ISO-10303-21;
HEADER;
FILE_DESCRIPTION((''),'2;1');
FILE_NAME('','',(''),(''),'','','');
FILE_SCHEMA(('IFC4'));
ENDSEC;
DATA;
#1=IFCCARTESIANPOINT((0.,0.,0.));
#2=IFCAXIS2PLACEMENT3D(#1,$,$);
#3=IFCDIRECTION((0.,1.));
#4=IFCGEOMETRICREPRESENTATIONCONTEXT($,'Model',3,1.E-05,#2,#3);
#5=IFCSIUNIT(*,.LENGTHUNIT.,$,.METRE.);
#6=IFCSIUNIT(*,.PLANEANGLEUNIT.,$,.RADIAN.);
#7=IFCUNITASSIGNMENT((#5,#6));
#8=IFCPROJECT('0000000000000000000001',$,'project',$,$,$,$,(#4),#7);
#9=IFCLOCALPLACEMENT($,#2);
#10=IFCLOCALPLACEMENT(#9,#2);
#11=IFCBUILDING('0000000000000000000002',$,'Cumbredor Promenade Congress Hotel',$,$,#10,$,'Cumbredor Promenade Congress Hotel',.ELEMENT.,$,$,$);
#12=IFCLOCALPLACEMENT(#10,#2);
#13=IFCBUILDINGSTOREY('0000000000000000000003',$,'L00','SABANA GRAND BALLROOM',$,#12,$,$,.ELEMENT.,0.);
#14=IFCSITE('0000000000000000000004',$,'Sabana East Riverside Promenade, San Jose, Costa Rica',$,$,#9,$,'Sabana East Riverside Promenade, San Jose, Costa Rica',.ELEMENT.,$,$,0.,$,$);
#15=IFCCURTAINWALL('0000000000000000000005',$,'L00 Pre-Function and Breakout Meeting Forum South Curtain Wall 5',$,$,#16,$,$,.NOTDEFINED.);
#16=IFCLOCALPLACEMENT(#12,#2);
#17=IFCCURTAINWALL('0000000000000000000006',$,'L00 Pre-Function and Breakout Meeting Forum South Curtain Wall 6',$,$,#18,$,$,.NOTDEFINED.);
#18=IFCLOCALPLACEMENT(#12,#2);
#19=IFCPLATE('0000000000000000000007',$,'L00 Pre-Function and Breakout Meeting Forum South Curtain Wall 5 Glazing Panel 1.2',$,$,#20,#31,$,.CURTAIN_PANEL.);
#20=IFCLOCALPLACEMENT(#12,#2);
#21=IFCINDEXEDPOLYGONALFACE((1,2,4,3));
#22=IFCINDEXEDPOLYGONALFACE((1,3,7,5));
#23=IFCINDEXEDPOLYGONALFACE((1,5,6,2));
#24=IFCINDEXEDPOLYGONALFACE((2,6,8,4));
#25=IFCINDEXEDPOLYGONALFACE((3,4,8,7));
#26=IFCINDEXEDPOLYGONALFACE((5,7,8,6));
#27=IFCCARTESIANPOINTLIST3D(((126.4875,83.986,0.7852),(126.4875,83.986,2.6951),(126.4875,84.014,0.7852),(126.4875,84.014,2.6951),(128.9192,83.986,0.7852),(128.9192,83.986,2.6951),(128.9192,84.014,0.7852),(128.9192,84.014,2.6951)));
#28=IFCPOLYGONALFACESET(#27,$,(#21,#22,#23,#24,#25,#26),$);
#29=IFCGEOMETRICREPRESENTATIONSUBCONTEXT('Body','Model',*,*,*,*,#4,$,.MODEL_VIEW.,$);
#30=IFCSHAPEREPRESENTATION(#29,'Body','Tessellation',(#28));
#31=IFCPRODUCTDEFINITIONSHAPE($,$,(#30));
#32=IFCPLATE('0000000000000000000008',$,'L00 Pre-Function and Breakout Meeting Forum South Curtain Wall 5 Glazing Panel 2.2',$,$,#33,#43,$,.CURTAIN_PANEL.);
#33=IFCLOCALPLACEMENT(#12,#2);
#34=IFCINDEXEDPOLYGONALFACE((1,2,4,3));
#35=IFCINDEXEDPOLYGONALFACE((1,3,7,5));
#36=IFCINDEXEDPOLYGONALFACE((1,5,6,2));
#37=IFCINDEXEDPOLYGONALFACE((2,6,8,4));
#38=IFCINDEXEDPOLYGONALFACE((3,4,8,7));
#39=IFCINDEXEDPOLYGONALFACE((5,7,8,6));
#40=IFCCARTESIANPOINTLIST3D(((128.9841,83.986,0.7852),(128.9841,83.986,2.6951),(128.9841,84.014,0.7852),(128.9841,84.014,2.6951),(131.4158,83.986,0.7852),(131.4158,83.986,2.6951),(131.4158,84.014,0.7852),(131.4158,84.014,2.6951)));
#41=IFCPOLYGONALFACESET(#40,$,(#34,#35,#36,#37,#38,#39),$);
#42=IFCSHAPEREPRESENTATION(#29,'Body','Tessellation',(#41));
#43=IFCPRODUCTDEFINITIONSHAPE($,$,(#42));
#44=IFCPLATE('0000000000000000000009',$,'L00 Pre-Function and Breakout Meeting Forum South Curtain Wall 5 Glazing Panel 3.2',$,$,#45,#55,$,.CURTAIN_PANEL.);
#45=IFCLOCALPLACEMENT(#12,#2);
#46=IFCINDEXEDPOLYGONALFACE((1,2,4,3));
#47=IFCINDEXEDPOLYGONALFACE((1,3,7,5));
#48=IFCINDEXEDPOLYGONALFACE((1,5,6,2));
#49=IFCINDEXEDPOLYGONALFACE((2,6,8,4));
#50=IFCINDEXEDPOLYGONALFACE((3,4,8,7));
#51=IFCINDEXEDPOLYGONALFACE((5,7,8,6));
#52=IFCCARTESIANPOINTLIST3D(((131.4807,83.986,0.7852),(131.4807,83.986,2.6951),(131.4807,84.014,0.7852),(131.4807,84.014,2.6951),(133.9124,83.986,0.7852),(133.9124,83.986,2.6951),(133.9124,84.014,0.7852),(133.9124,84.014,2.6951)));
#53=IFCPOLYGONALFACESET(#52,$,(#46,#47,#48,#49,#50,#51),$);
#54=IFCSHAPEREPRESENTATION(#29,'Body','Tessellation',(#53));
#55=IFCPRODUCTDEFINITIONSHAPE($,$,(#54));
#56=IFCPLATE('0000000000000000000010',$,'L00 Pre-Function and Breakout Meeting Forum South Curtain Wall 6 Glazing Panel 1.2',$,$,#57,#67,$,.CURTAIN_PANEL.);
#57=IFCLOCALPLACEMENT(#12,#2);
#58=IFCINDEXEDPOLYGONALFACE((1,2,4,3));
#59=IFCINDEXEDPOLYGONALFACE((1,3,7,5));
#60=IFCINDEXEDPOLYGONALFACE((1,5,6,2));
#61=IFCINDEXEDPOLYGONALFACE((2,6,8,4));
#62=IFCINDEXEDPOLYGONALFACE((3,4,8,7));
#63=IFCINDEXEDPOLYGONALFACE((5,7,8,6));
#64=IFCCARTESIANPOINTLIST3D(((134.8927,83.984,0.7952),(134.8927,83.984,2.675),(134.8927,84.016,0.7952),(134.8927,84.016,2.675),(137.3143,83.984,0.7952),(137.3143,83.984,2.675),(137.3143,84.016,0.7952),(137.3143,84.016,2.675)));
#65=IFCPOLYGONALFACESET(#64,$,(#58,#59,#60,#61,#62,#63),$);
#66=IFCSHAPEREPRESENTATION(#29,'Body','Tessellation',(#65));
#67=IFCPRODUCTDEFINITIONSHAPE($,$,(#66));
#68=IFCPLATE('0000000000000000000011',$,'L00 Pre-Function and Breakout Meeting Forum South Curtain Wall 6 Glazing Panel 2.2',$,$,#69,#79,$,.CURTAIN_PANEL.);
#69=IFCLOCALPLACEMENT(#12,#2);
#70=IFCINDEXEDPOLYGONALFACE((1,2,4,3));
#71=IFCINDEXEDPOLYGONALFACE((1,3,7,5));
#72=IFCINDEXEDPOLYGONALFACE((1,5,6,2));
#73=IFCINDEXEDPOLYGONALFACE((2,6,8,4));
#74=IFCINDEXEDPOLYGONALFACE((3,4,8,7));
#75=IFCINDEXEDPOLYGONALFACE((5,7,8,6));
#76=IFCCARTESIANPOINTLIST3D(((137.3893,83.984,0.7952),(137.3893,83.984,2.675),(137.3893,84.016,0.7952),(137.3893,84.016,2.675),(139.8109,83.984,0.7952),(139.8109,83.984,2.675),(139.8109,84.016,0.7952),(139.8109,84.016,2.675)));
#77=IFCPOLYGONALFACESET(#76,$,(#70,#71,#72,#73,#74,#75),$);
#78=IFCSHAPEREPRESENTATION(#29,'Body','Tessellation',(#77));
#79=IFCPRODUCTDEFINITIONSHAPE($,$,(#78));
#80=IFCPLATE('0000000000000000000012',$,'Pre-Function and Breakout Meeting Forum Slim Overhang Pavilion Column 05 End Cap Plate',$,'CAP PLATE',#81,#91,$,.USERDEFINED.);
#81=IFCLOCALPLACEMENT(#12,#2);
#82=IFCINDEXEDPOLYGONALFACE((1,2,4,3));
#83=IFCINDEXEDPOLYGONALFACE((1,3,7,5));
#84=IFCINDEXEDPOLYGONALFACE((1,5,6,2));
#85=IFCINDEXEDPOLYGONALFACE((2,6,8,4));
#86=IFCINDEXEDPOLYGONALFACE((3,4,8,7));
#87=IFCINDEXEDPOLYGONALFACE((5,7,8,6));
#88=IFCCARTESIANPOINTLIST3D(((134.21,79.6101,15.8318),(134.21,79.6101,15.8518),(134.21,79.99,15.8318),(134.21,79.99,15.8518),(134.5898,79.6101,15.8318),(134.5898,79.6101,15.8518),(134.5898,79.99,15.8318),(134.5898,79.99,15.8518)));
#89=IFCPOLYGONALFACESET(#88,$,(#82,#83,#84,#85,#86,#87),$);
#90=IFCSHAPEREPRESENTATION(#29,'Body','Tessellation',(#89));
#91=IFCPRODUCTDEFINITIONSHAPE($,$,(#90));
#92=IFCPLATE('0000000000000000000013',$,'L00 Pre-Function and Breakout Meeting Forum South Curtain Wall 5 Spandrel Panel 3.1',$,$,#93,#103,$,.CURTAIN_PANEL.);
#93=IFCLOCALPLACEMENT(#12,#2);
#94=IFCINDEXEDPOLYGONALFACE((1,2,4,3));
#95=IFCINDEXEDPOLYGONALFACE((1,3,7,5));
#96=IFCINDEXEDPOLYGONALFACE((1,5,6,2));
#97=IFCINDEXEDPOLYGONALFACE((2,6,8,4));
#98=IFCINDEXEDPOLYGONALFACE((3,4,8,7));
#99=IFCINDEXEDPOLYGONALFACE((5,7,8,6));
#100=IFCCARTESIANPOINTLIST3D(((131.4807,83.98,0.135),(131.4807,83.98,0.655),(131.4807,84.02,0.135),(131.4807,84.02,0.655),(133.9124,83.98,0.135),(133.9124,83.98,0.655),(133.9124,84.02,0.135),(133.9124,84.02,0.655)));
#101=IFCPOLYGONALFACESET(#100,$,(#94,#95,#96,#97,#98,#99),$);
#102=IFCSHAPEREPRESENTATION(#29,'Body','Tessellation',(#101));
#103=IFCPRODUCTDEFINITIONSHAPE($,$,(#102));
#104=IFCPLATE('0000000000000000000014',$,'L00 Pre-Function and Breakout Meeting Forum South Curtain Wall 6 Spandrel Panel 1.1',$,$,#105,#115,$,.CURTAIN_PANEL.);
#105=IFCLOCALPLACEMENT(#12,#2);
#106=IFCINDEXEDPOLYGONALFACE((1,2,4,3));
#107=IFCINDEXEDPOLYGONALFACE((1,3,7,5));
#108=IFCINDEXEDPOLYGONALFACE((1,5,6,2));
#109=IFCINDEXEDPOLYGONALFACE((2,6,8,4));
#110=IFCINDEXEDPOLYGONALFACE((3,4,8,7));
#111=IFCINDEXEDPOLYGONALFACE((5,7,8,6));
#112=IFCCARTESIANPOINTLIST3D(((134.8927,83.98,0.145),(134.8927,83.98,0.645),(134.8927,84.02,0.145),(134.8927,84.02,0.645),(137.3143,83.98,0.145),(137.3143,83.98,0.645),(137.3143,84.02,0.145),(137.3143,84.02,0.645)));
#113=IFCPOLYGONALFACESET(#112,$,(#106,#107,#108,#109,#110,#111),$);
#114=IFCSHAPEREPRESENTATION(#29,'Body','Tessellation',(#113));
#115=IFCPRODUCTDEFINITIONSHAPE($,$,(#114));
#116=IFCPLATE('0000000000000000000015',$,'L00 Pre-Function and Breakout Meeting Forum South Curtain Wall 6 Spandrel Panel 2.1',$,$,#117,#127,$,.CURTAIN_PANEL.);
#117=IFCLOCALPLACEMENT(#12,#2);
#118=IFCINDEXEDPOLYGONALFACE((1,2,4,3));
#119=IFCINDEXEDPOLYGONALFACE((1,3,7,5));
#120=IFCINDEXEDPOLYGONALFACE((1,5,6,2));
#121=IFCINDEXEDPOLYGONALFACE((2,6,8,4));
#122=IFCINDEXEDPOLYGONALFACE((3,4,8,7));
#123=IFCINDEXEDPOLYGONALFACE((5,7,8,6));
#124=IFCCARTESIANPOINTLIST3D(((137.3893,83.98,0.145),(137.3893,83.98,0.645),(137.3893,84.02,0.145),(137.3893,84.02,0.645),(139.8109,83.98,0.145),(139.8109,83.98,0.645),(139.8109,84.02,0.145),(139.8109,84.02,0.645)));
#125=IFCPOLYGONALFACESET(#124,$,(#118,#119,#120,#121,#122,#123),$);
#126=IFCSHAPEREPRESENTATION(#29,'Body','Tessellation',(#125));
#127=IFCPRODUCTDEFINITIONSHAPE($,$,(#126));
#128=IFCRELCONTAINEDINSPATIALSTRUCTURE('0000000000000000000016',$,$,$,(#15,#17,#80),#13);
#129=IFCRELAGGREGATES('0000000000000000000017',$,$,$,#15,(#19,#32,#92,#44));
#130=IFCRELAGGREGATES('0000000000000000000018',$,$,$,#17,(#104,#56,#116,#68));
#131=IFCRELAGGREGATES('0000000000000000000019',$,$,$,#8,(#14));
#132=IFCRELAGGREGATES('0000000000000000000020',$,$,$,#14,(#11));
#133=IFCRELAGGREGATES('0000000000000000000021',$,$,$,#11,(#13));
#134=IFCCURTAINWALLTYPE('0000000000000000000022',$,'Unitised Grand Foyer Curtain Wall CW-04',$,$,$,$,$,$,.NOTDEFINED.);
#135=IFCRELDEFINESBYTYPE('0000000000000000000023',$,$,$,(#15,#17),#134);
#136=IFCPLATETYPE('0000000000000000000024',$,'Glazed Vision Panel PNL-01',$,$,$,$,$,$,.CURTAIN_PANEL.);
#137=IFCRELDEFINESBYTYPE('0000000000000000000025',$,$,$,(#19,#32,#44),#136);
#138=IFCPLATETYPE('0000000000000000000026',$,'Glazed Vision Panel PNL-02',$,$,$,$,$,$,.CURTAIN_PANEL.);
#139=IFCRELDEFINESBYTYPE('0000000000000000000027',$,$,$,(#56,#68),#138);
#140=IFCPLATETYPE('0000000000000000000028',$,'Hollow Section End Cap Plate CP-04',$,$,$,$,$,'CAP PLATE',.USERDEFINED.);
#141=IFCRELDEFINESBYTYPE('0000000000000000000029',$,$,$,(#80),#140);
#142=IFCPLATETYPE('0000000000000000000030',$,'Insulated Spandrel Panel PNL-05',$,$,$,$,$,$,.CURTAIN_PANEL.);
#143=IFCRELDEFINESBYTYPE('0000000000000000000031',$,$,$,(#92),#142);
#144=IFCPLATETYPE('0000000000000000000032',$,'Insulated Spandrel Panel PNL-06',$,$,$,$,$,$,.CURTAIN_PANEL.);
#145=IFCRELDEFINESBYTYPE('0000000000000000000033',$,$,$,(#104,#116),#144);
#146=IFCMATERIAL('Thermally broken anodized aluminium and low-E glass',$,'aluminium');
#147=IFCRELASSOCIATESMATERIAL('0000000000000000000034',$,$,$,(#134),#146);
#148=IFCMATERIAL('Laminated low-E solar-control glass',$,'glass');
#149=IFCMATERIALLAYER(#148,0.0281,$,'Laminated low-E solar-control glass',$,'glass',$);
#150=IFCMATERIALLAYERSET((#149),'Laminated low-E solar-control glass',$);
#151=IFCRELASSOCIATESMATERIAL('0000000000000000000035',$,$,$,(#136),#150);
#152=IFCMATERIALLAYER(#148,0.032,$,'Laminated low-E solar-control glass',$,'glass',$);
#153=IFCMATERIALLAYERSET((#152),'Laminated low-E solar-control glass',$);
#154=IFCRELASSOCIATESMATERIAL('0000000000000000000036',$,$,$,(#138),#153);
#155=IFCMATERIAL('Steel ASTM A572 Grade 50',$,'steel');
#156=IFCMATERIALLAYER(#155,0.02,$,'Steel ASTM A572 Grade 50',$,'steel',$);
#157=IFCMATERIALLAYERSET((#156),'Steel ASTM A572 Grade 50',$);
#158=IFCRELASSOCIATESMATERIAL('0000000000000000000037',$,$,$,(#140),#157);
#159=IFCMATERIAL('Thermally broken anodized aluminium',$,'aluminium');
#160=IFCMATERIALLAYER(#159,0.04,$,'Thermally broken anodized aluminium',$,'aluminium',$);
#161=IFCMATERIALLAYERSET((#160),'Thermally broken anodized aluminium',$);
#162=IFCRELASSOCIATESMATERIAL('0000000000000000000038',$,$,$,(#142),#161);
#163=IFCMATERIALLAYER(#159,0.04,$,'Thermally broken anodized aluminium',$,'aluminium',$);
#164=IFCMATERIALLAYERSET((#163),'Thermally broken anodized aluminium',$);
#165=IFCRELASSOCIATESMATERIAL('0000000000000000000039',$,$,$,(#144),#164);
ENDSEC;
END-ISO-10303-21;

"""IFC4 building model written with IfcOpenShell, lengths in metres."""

from ifc_helpers import new_model, si_unit, direction, frame, origin, origin_2d, place, context, subcontext, project, spatial, rectangle, extrude, material, layer, layer_set, type_object, element, aggregate, save


model = new_model("IFC4")

# Units and contexts
model_context = context("Model", 3, precision=1e-05, world=origin(), true_north=direction((0.0, 1.0)))
body_context = subcontext(model_context, "Body", "Model", "MODEL_VIEW")
ifc_project = project(units=[si_unit("LENGTHUNIT", "METRE"), si_unit("PLANEANGLEUNIT", "RADIAN")], contexts=[model_context])

# Site, building, storey
site_placement = place(None, origin())
site = spatial("IfcSite", under=ifc_project, at=site_placement, Name="Sabana East Riverside Promenade, San Jose, Costa Rica", LongName="Sabana East Riverside Promenade, San Jose, Costa Rica", CompositionType="ELEMENT", RefElevation=0.0)
building_placement = place(site_placement, origin())
building = spatial("IfcBuilding", under=site, at=building_placement, Name="Cumbredor Promenade Congress Hotel", LongName="Cumbredor Promenade Congress Hotel", CompositionType="ELEMENT")
storey_placement = place(building_placement, origin())
storey = spatial("IfcBuildingStorey", under=building, at=storey_placement, Name="L00", Description="SABANA GRAND BALLROOM", CompositionType="ELEMENT", Elevation=0.0)

# Curtain walls
ifc_material_1 = material(Name="Thermally broken anodized aluminium and low-E glass", Category="aluminium")
curtain_wall_type = type_object("IfcCurtainWallType", Name="Unitised Grand Foyer Curtain Wall CW-04", PredefinedType="NOTDEFINED", material=ifc_material_1)
curtain_wall_1_placement = place(storey_placement, origin())
curtain_wall_1 = element("IfcCurtainWall", 1, at=curtain_wall_1_placement, inside=storey, type_object=curtain_wall_type, Name="L00 Pre-Function and Breakout Meeting Forum South Curtain Wall 5", PredefinedType="NOTDEFINED")
ifc_material_2 = material(Name="Thermally broken anodized aluminium", Category="aluminium")
curtain_wall_2_placement = place(storey_placement, origin())
curtain_wall_2 = element("IfcCurtainWall", 2, at=curtain_wall_2_placement, inside=storey, type_object=curtain_wall_type, Name="L00 Pre-Function and Breakout Meeting Forum South Curtain Wall 6", PredefinedType="NOTDEFINED")

# Plates
ifc_material_3 = material(Name="Laminated low-E solar-control glass", Category="glass")
ifc_layer_1 = layer(ifc_material_3, 0.0281, Name="Laminated low-E solar-control glass", Category="glass")
ifc_layer_set_1 = layer_set([ifc_layer_1], Name="Laminated low-E solar-control glass")
plate_type_1 = type_object("IfcPlateType", Name="Glazed Vision Panel PNL-01", PredefinedType="CURTAIN_PANEL", material=ifc_layer_set_1)
plate_1_placement = place(storey_placement, frame((127.7034, 84.0, 0.7852), z_axis=(0.0, 0.0, 1.0), x_axis=(1.0, 0.0, 0.0)))
plate_1 = element("IfcPlate", 3, at=plate_1_placement, type_object=plate_type_1, Name="L00 Pre-Function and Breakout Meeting Forum South Curtain Wall 5 Glazing Panel 1.2", PredefinedType="CURTAIN_PANEL", context=body_context, shape_type="SweptSolid", body=[
    extrude(rectangle(XDim=2.4316, YDim=0.0281, at=origin_2d()), origin(), (0.0, 0.0, 1.0), 1.9099),
])
plate_2_placement = place(storey_placement, frame((130.2, 84.0, 0.7852), z_axis=(0.0, 0.0, 1.0), x_axis=(1.0, 0.0, 0.0)))
plate_2 = element("IfcPlate", 4, at=plate_2_placement, type_object=plate_type_1, Name="L00 Pre-Function and Breakout Meeting Forum South Curtain Wall 5 Glazing Panel 2.2", PredefinedType="CURTAIN_PANEL", context=body_context, shape_type="SweptSolid", body=[
    extrude(rectangle(XDim=2.4316, YDim=0.0281, at=origin_2d()), origin(), (0.0, 0.0, 1.0), 1.9099),
])
plate_3_placement = place(storey_placement, frame((132.6965, 84.0, 0.7852), z_axis=(0.0, 0.0, 1.0), x_axis=(1.0, 0.0, 0.0)))
plate_3 = element("IfcPlate", 5, at=plate_3_placement, type_object=plate_type_1, Name="L00 Pre-Function and Breakout Meeting Forum South Curtain Wall 5 Glazing Panel 3.2", PredefinedType="CURTAIN_PANEL", context=body_context, shape_type="SweptSolid", body=[
    extrude(rectangle(XDim=2.4316, YDim=0.0281, at=origin_2d()), origin(), (0.0, 0.0, 1.0), 1.9099),
])
ifc_layer_2 = layer(ifc_material_3, 0.032, Name="Laminated low-E solar-control glass", Category="glass")
ifc_layer_set_2 = layer_set([ifc_layer_2], Name="Laminated low-E solar-control glass")
plate_type_2 = type_object("IfcPlateType", Name="Glazed Vision Panel PNL-02", PredefinedType="CURTAIN_PANEL", material=ifc_layer_set_2)
plate_4_placement = place(storey_placement, frame((136.1035, 84.0, 0.7952), z_axis=(0.0, 0.0, 1.0), x_axis=(1.0, 0.0, 0.0)))
plate_4 = element("IfcPlate", 6, at=plate_4_placement, type_object=plate_type_2, Name="L00 Pre-Function and Breakout Meeting Forum South Curtain Wall 6 Glazing Panel 1.2", PredefinedType="CURTAIN_PANEL", context=body_context, shape_type="SweptSolid", body=[
    extrude(rectangle(XDim=2.4216, YDim=0.032, at=origin_2d()), origin(), (0.0, 0.0, 1.0), 1.8799),
])
plate_5_placement = place(storey_placement, frame((138.6001, 84.0, 0.7952), z_axis=(0.0, 0.0, 1.0), x_axis=(1.0, 0.0, 0.0)))
plate_5 = element("IfcPlate", 7, at=plate_5_placement, type_object=plate_type_2, Name="L00 Pre-Function and Breakout Meeting Forum South Curtain Wall 6 Glazing Panel 2.2", PredefinedType="CURTAIN_PANEL", context=body_context, shape_type="SweptSolid", body=[
    extrude(rectangle(XDim=2.4216, YDim=0.032, at=origin_2d()), origin(), (0.0, 0.0, 1.0), 1.8799),
])
ifc_material_4 = material(Name="Steel ASTM A572 Grade 50", Category="steel")
ifc_layer_3 = layer(ifc_material_4, 0.02, Name="Steel ASTM A572 Grade 50", Category="steel")
ifc_layer_set_3 = layer_set([ifc_layer_3], Name="Steel ASTM A572 Grade 50")
plate_type_3 = type_object("IfcPlateType", Name="Hollow Section End Cap Plate CP-04", ElementType="CAP PLATE", PredefinedType="USERDEFINED", material=ifc_layer_set_3)
plate_6_placement = place(storey_placement, frame((134.3999, 79.8, 15.8318), z_axis=(0.0, 0.0, 1.0), x_axis=(1.0, 0.0, 0.0)))
element("IfcPlate", 8, at=plate_6_placement, inside=storey, type_object=plate_type_3, Name="Pre-Function and Breakout Meeting Forum Slim Overhang Pavilion Column 05 End Cap Plate", ObjectType="CAP PLATE", PredefinedType="USERDEFINED", context=body_context, shape_type="SweptSolid", body=[
    extrude(rectangle(XDim=0.3799, YDim=0.3799, at=origin_2d()), origin(), (0.0, 0.0, 1.0), 0.02),
])
ifc_layer_4 = layer(ifc_material_2, 0.04, Name="Thermally broken anodized aluminium", Category="aluminium")
ifc_layer_set_4 = layer_set([ifc_layer_4], Name="Thermally broken anodized aluminium")
plate_type_4 = type_object("IfcPlateType", Name="Insulated Spandrel Panel PNL-05", PredefinedType="CURTAIN_PANEL", material=ifc_layer_set_4)
plate_7_placement = place(storey_placement, frame((132.6965, 84.0, 0.135), z_axis=(0.0, 0.0, 1.0), x_axis=(1.0, 0.0, 0.0)))
plate_7 = element("IfcPlate", 9, at=plate_7_placement, type_object=plate_type_4, Name="L00 Pre-Function and Breakout Meeting Forum South Curtain Wall 5 Spandrel Panel 3.1", PredefinedType="CURTAIN_PANEL", context=body_context, shape_type="SweptSolid", body=[
    extrude(rectangle(XDim=2.4316, YDim=0.04, at=origin_2d()), origin(), (0.0, 0.0, 1.0), 0.52),
])
aggregate(curtain_wall_1, [plate_1, plate_2, plate_7, plate_3])
ifc_layer_5 = layer(ifc_material_2, 0.04, Name="Thermally broken anodized aluminium", Category="aluminium")
ifc_layer_set_5 = layer_set([ifc_layer_5], Name="Thermally broken anodized aluminium")
plate_type_5 = type_object("IfcPlateType", Name="Insulated Spandrel Panel PNL-06", PredefinedType="CURTAIN_PANEL", material=ifc_layer_set_5)
plate_8_placement = place(storey_placement, frame((136.1035, 84.0, 0.145), z_axis=(0.0, 0.0, 1.0), x_axis=(1.0, 0.0, 0.0)))
plate_8 = element("IfcPlate", 10, at=plate_8_placement, type_object=plate_type_5, Name="L00 Pre-Function and Breakout Meeting Forum South Curtain Wall 6 Spandrel Panel 1.1", PredefinedType="CURTAIN_PANEL", context=body_context, shape_type="SweptSolid", body=[
    extrude(rectangle(XDim=2.4216, YDim=0.04, at=origin_2d()), origin(), (0.0, 0.0, 1.0), 0.5),
])
plate_9_placement = place(storey_placement, frame((138.6001, 84.0, 0.145), z_axis=(0.0, 0.0, 1.0), x_axis=(1.0, 0.0, 0.0)))
plate_9 = element("IfcPlate", 11, at=plate_9_placement, type_object=plate_type_5, Name="L00 Pre-Function and Breakout Meeting Forum South Curtain Wall 6 Spandrel Panel 2.1", PredefinedType="CURTAIN_PANEL", context=body_context, shape_type="SweptSolid", body=[
    extrude(rectangle(XDim=2.4216, YDim=0.04, at=origin_2d()), origin(), (0.0, 0.0, 1.0), 0.5),
])
aggregate(curtain_wall_2, [plate_8, plate_4, plate_9, plate_5])

save(model, "model.ifc")
